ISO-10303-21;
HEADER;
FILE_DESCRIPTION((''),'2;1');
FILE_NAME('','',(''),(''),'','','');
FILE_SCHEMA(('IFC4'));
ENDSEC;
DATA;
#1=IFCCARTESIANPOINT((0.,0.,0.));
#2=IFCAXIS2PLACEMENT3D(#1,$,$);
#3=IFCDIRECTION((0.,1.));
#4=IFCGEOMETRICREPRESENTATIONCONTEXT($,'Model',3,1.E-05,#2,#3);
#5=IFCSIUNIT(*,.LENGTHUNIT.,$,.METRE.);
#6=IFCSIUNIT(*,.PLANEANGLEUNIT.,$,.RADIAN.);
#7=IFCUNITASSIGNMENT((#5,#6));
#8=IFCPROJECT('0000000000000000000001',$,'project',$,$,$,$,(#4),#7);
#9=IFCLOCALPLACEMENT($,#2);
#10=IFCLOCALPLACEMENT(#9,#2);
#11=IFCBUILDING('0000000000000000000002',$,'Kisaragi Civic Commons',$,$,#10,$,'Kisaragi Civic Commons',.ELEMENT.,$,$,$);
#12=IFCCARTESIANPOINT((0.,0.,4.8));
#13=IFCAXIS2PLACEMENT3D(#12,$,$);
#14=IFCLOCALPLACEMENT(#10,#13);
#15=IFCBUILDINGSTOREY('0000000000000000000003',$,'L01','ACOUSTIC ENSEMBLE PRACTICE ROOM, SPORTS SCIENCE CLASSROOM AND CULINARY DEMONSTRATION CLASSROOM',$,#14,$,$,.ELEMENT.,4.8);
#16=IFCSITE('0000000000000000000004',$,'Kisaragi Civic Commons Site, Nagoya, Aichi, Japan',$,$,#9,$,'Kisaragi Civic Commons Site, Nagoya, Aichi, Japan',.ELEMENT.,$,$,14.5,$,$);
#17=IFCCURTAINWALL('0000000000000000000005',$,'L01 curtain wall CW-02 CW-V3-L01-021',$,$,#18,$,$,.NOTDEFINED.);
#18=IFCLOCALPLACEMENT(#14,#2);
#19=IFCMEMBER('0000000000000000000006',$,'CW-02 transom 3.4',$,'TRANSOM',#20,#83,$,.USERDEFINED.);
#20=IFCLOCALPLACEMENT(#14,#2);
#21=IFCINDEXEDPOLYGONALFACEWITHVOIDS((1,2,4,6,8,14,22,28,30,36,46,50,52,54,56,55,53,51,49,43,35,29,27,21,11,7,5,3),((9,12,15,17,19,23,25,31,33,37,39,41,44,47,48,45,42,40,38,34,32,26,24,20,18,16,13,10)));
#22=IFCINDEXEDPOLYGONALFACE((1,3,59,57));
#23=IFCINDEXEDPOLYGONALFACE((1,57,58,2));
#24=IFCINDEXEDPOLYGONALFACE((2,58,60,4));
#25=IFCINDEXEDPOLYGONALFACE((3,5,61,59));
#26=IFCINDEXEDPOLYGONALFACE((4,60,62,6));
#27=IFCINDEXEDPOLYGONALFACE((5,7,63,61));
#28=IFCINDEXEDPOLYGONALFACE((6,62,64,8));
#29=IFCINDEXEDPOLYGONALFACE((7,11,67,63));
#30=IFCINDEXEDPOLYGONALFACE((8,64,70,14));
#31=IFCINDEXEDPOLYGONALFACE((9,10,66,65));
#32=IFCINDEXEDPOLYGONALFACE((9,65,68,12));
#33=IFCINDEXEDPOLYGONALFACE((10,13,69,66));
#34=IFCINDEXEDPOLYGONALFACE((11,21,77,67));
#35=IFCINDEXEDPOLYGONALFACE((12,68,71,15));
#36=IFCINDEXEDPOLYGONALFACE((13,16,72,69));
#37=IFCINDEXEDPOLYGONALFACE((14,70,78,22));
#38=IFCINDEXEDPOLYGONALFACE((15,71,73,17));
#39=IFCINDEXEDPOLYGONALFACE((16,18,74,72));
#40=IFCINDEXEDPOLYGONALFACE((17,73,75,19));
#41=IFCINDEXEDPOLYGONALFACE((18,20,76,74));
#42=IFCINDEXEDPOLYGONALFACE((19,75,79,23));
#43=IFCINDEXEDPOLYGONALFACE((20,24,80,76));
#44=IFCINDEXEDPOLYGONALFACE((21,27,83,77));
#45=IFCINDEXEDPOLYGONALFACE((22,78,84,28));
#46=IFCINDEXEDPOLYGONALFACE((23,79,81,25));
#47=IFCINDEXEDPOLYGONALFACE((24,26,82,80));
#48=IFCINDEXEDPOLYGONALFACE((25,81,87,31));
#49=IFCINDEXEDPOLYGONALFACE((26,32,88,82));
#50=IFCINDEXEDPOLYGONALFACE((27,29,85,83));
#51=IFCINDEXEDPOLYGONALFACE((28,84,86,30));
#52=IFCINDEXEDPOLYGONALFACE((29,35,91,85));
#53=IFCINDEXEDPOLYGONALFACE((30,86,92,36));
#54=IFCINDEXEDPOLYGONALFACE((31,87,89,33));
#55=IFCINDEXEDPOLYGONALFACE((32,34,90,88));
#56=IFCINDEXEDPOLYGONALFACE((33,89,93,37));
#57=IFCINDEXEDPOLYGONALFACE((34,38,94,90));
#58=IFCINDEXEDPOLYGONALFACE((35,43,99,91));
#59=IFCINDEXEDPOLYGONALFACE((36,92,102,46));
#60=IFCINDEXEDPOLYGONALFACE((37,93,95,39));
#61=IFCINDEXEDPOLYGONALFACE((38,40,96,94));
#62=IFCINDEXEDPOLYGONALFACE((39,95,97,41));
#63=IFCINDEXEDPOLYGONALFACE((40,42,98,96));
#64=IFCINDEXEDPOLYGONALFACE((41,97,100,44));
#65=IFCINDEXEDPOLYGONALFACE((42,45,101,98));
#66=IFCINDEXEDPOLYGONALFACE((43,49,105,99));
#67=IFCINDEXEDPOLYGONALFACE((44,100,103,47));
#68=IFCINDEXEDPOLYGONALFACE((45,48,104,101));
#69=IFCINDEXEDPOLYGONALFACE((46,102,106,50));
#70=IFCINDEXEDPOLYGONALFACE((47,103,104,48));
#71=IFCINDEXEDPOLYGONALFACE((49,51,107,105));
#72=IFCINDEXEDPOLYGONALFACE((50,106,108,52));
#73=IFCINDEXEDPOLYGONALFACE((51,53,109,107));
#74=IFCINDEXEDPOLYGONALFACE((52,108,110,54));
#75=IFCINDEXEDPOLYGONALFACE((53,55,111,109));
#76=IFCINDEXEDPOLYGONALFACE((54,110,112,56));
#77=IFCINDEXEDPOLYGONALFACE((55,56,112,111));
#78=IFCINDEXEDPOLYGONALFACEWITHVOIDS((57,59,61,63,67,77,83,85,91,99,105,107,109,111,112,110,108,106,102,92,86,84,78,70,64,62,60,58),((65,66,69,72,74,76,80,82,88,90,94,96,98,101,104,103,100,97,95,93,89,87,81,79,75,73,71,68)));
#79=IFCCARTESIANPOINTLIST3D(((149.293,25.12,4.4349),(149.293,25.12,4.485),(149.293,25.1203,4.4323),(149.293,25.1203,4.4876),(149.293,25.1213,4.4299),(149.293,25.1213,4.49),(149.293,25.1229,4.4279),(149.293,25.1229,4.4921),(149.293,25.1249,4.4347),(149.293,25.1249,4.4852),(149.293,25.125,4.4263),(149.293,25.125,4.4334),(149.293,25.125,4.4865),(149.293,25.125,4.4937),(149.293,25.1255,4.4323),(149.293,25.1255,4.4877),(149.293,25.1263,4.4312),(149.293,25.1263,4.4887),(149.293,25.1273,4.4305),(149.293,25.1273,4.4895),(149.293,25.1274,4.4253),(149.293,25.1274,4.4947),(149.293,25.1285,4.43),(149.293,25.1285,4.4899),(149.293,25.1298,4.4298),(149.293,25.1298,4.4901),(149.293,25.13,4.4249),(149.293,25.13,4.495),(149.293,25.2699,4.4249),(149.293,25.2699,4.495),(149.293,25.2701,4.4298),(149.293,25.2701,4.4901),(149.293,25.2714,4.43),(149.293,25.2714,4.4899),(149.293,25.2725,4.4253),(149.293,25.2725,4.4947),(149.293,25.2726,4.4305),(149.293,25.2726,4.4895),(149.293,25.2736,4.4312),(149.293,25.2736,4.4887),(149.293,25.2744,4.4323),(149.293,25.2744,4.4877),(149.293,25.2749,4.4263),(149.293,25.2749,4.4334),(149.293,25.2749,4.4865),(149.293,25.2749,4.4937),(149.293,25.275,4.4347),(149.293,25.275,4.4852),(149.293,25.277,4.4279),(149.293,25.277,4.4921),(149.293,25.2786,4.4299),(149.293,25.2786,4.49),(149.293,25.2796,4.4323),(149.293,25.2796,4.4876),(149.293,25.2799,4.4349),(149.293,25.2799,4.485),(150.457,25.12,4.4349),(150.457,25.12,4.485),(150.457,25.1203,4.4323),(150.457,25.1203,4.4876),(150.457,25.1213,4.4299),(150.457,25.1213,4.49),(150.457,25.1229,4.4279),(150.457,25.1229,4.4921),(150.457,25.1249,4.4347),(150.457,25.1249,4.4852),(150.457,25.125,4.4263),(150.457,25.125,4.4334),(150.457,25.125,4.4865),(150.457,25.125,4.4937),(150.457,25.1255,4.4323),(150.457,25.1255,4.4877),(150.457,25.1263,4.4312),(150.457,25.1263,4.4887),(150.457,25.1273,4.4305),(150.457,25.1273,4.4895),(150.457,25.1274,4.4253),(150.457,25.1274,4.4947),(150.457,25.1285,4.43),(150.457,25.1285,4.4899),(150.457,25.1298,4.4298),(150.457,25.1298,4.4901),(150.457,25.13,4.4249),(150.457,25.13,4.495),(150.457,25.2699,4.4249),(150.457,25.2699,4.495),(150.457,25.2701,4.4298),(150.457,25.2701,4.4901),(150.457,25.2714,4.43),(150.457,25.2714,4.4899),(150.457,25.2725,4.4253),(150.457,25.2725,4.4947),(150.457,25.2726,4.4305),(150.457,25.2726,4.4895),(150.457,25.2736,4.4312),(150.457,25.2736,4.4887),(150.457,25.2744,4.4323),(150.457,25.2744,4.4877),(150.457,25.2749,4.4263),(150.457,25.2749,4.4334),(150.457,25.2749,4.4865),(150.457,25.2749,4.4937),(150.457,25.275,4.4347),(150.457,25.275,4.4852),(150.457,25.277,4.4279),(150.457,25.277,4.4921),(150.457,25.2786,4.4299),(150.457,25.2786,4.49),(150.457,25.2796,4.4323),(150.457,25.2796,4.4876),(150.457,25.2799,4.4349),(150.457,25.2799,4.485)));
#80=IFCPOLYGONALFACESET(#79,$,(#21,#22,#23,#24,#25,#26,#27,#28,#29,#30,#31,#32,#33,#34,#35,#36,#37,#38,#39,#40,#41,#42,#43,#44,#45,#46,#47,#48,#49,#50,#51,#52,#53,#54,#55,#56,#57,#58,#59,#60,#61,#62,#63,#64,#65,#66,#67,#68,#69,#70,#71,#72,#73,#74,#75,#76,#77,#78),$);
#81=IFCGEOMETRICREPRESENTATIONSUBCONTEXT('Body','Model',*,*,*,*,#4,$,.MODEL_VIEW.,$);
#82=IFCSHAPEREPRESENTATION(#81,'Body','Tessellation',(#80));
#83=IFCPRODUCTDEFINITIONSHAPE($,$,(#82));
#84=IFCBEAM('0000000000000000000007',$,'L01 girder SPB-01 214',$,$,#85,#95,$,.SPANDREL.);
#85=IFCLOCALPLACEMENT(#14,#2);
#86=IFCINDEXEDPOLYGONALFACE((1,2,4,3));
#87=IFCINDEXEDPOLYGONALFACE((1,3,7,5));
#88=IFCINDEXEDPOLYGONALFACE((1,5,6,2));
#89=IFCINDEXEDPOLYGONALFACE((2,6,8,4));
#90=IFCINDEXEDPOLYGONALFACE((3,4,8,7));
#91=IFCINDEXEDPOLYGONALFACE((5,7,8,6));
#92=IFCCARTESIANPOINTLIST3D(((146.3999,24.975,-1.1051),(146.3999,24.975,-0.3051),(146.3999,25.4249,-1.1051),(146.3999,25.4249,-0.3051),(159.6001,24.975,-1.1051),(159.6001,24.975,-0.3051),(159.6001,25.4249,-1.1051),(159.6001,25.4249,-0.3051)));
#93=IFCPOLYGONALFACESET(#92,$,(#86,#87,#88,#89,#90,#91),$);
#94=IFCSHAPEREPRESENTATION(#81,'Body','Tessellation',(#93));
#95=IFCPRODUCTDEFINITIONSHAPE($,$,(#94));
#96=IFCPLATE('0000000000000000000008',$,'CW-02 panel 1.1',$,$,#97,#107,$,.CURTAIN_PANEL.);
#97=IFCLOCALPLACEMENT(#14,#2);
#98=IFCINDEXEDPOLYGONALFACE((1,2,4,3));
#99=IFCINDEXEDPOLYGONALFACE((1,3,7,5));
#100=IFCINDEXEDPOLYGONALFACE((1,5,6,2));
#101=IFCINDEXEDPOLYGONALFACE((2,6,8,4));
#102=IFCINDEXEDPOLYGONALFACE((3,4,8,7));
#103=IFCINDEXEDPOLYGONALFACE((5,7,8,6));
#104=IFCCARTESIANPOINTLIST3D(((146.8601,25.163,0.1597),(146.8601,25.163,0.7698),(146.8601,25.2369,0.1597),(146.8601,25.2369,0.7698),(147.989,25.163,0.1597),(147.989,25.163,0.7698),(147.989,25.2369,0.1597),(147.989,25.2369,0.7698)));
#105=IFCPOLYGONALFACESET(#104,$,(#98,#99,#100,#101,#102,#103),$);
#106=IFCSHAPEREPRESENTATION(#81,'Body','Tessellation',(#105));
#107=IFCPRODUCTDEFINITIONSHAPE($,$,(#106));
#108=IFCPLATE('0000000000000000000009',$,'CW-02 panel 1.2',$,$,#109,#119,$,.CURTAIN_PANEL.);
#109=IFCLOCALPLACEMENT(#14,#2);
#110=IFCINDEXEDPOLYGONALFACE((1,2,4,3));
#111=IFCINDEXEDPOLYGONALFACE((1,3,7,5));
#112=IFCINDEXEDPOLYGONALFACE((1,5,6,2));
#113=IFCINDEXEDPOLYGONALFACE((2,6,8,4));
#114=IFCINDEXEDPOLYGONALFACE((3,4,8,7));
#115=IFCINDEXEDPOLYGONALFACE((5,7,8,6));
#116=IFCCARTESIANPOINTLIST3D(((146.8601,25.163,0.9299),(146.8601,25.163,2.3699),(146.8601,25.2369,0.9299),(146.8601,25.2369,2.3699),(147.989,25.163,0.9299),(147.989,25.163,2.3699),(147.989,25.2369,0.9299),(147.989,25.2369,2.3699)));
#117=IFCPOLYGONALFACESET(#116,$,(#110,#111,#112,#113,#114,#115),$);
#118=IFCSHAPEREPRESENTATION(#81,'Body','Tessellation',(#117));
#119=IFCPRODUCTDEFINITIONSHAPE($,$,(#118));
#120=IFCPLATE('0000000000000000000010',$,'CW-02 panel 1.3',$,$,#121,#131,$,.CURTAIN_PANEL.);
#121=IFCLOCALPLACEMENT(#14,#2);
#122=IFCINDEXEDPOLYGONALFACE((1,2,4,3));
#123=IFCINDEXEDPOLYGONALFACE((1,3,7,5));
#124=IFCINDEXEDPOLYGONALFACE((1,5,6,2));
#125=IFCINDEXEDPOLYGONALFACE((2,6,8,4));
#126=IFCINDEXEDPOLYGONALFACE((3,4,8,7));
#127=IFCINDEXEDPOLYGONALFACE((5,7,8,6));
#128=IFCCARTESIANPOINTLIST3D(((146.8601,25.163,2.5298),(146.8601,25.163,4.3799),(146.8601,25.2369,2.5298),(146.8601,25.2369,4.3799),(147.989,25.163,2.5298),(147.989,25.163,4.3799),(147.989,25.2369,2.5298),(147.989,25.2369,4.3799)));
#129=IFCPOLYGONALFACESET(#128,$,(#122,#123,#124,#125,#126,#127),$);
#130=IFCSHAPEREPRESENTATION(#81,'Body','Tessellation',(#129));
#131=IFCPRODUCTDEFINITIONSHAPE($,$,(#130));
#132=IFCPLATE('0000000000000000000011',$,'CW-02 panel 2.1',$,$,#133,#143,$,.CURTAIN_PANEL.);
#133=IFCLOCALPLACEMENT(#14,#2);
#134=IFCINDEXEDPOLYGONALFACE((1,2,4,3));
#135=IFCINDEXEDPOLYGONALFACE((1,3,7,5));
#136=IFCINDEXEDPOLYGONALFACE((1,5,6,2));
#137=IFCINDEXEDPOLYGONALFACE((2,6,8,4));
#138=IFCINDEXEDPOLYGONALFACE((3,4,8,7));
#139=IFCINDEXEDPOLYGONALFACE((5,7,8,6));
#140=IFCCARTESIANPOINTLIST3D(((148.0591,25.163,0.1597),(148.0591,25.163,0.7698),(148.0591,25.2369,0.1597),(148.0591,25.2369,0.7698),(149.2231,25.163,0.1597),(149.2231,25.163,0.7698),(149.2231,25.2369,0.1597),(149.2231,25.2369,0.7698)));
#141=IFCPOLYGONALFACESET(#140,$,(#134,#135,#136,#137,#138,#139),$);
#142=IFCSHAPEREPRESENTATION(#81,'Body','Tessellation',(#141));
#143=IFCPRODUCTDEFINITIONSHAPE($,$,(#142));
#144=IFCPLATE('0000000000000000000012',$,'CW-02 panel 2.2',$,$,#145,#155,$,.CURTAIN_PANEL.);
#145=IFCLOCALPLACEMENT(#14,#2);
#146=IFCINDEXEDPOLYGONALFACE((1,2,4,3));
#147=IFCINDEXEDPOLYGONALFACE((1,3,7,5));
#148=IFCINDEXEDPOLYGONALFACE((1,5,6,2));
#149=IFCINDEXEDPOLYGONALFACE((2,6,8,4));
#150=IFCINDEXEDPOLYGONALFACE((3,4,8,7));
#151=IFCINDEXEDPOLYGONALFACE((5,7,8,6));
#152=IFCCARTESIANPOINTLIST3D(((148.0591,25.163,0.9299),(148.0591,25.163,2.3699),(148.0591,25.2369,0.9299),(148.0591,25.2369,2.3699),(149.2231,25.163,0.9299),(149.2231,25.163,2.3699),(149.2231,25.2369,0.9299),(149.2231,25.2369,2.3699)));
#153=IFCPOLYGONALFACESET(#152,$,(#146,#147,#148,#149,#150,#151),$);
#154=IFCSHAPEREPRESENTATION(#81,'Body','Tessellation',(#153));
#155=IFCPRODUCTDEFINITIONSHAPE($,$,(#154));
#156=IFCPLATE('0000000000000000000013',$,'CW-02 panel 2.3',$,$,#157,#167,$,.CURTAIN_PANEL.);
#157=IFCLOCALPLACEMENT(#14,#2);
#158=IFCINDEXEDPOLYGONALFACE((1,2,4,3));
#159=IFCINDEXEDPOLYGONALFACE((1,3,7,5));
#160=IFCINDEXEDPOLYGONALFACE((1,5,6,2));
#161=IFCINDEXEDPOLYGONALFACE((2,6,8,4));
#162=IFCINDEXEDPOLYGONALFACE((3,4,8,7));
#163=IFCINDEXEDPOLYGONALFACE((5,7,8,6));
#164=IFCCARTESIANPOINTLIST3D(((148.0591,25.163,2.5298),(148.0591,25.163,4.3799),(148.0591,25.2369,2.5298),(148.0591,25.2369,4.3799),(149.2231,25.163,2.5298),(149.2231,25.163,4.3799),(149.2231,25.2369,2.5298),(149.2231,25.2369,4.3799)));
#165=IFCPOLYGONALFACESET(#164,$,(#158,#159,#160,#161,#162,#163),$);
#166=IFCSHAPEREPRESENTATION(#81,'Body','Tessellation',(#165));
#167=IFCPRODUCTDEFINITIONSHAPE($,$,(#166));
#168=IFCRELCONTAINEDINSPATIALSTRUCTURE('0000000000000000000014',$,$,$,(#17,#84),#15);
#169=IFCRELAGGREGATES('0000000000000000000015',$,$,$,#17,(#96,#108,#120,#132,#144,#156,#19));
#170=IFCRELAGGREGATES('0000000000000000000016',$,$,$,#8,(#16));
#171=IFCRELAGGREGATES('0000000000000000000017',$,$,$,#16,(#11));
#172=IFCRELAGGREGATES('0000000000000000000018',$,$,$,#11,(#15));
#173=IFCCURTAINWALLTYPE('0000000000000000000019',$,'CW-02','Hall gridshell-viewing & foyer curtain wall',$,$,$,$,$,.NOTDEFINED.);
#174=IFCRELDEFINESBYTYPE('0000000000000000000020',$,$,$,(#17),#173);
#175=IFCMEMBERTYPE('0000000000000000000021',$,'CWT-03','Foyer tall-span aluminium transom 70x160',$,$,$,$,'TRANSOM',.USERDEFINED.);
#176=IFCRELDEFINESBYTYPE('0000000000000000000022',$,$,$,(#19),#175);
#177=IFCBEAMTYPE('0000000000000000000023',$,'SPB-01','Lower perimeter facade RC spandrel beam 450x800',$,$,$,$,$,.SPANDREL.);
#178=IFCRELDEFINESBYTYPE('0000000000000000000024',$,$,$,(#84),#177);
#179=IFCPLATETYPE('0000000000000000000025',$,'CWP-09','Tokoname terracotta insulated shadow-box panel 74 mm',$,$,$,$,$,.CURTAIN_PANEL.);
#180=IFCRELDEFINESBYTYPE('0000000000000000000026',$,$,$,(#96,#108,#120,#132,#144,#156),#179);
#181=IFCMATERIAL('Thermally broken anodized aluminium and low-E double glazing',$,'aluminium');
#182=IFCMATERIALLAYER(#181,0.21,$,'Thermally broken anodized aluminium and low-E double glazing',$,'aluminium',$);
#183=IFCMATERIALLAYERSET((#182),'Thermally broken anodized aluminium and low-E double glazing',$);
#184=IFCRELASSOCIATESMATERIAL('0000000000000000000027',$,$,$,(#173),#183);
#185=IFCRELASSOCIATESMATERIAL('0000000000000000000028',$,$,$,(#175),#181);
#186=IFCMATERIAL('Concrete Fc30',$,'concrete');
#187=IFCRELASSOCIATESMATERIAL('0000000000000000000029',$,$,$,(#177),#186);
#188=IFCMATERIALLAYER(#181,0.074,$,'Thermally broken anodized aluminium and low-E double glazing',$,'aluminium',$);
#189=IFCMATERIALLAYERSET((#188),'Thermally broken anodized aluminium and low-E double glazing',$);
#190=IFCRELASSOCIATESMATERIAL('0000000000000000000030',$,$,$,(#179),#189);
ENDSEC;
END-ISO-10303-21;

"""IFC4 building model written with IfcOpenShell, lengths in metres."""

from ifc_helpers import new_model, si_unit, direction, frame, origin, origin_2d, place, context, subcontext, project, spatial, rectangle, hollow_rectangle, extrude, material, layer, layer_set, material_profile, profile_set, type_object, element, aggregate, save


model = new_model("IFC4")

# Units and contexts
model_context = context("Model", 3, precision=1e-05, world=origin(), true_north=direction((0.0, 1.0)))
body_context = subcontext(model_context, "Body", "Model", "MODEL_VIEW")
ifc_project = project(units=[si_unit("LENGTHUNIT", "METRE"), si_unit("PLANEANGLEUNIT", "RADIAN")], contexts=[model_context])

# Site, building, storey
site_placement = place(None, origin())
site = spatial("IfcSite", under=ifc_project, at=site_placement, Name="Kisaragi Civic Commons Site, Nagoya, Aichi, Japan", LongName="Kisaragi Civic Commons Site, Nagoya, Aichi, Japan", CompositionType="ELEMENT", RefElevation=14.5)
building_placement = place(site_placement, origin())
building = spatial("IfcBuilding", under=site, at=building_placement, Name="Kisaragi Civic Commons", LongName="Kisaragi Civic Commons", CompositionType="ELEMENT")
storey_placement = place(building_placement, frame((0.0, 0.0, 4.8)))
storey = spatial("IfcBuildingStorey", under=building, at=storey_placement, Name="L01", Description="ACOUSTIC ENSEMBLE PRACTICE ROOM, SPORTS SCIENCE CLASSROOM AND CULINARY DEMONSTRATION CLASSROOM", CompositionType="ELEMENT", Elevation=4.8)

# Curtain wall, member
ifc_material_1 = material(Name="Thermally broken anodized aluminium and low-E double glazing", Category="aluminium")
ifc_layer_1 = layer(ifc_material_1, 0.21, Name="Thermally broken anodized aluminium and low-E double glazing", Category="aluminium")
ifc_layer_set_1 = layer_set([ifc_layer_1], Name="Thermally broken anodized aluminium and low-E double glazing")
curtain_wall_type = type_object("IfcCurtainWallType", Name="CW-02", Description="Hall gridshell-viewing & foyer curtain wall", PredefinedType="NOTDEFINED", material=ifc_layer_set_1)
curtain_wall_placement = place(storey_placement, origin())
curtain_wall = element("IfcCurtainWall", 1, at=curtain_wall_placement, inside=storey, type_object=curtain_wall_type, Name="L01 curtain wall CW-02 CW-V3-L01-021", PredefinedType="NOTDEFINED")
ifc_material_profile_1 = material_profile(ifc_material_1, hollow_rectangle(XDim=0.1599, YDim=0.0701, WallThickness=0.0049, InnerFilletRadius=0.0049, OuterFilletRadius=0.01, at=origin_2d()), Name="CWT-70x160x5", Category="aluminium")
ifc_profile_set_1 = profile_set([ifc_material_profile_1], Name="Thermally broken anodized aluminium and low-E double glazing")
member_type_1 = type_object("IfcMemberType", Name="CWT-03", Description="Foyer tall-span aluminium transom 70x160", ElementType="TRANSOM", PredefinedType="USERDEFINED", material=ifc_profile_set_1)
member_1_placement = place(storey_placement, frame((149.293, 25.2, 4.46), z_axis=(1.0, 0.0, 0.0), x_axis=(0.0, 1.0, 0.0)))
member_1 = element("IfcMember", 2, at=member_1_placement, type_object=member_type_1, Name="CW-02 transom 3.4", ObjectType="TRANSOM", PredefinedType="USERDEFINED", context=body_context, shape_type="SweptSolid", body=[
    extrude(hollow_rectangle(XDim=0.1599, YDim=0.0701, WallThickness=0.0049, InnerFilletRadius=0.0049, OuterFilletRadius=0.01, at=origin_2d()), origin(), (0.0, 0.0, 1.0), 1.1641),
])

# Beam
ifc_material_2 = material(Name="Concrete Fc30", Category="concrete")
ifc_material_profile_2 = material_profile(ifc_material_2, rectangle(XDim=0.45, YDim=0.8, at=origin_2d()), Name="RC-450x800", Category="concrete")
ifc_profile_set_2 = profile_set([ifc_material_profile_2], Name="Concrete Fc30")
beam_type = type_object("IfcBeamType", Name="SPB-01", Description="Lower perimeter facade RC spandrel beam 450x800", PredefinedType="SPANDREL", material=ifc_profile_set_2)
beam_placement = place(storey_placement, frame((146.3999, 25.2, -0.7051), z_axis=(1.0, 0.0, 0.0), x_axis=(0.0, 1.0, 0.0)))
element("IfcBeam", 3, at=beam_placement, inside=storey, type_object=beam_type, Name="L01 girder SPB-01 214", PredefinedType="SPANDREL", context=body_context, shape_type="SweptSolid", body=[
    extrude(rectangle(XDim=0.45, YDim=0.8, at=origin_2d()), origin(), (0.0, 0.0, 1.0), 13.2002),
])

# Plates
ifc_layer_2 = layer(ifc_material_1, 0.074, Name="Thermally broken anodized aluminium and low-E double glazing", Category="aluminium")
ifc_layer_set_2 = layer_set([ifc_layer_2], Name="Thermally broken anodized aluminium and low-E double glazing")
plate_type = type_object("IfcPlateType", Name="CWP-09", Description="Tokoname terracotta insulated shadow-box panel 74 mm", PredefinedType="CURTAIN_PANEL", material=ifc_layer_set_2)
plate_1_placement = place(storey_placement, frame((147.4246, 25.2, 0.1597), z_axis=(0.0, 0.0, 1.0), x_axis=(1.0, 0.0, 0.0)))
plate_1 = element("IfcPlate", 4, at=plate_1_placement, type_object=plate_type, Name="CW-02 panel 1.1", PredefinedType="CURTAIN_PANEL", context=body_context, shape_type="SweptSolid", body=[
    extrude(rectangle(XDim=1.1289, YDim=0.074, at=origin_2d()), origin(), (0.0, 0.0, 1.0), 0.6101),
])
plate_2_placement = place(storey_placement, frame((147.4246, 25.2, 0.9299), z_axis=(0.0, 0.0, 1.0), x_axis=(1.0, 0.0, 0.0)))
plate_2 = element("IfcPlate", 5, at=plate_2_placement, type_object=plate_type, Name="CW-02 panel 1.2", PredefinedType="CURTAIN_PANEL", context=body_context, shape_type="SweptSolid", body=[
    extrude(rectangle(XDim=1.1289, YDim=0.074, at=origin_2d()), origin(), (0.0, 0.0, 1.0), 1.4399),
])
plate_3_placement = place(storey_placement, frame((147.4246, 25.2, 2.5298), z_axis=(0.0, 0.0, 1.0), x_axis=(1.0, 0.0, 0.0)))
plate_3 = element("IfcPlate", 6, at=plate_3_placement, type_object=plate_type, Name="CW-02 panel 1.3", PredefinedType="CURTAIN_PANEL", context=body_context, shape_type="SweptSolid", body=[
    extrude(rectangle(XDim=1.1289, YDim=0.074, at=origin_2d()), origin(), (0.0, 0.0, 1.0), 1.8501),
])
plate_4_placement = place(storey_placement, frame((148.6411, 25.2, 0.1597), z_axis=(0.0, 0.0, 1.0), x_axis=(1.0, 0.0, 0.0)))
plate_4 = element("IfcPlate", 7, at=plate_4_placement, type_object=plate_type, Name="CW-02 panel 2.1", PredefinedType="CURTAIN_PANEL", context=body_context, shape_type="SweptSolid", body=[
    extrude(rectangle(XDim=1.1641, YDim=0.074, at=origin_2d()), origin(), (0.0, 0.0, 1.0), 0.6101),
])
plate_5_placement = place(storey_placement, frame((148.6411, 25.2, 0.9299), z_axis=(0.0, 0.0, 1.0), x_axis=(1.0, 0.0, 0.0)))
plate_5 = element("IfcPlate", 8, at=plate_5_placement, type_object=plate_type, Name="CW-02 panel 2.2", PredefinedType="CURTAIN_PANEL", context=body_context, shape_type="SweptSolid", body=[
    extrude(rectangle(XDim=1.1641, YDim=0.074, at=origin_2d()), origin(), (0.0, 0.0, 1.0), 1.4399),
])
plate_6_placement = place(storey_placement, frame((148.6411, 25.2, 2.5298), z_axis=(0.0, 0.0, 1.0), x_axis=(1.0, 0.0, 0.0)))
plate_6 = element("IfcPlate", 9, at=plate_6_placement, type_object=plate_type, Name="CW-02 panel 2.3", PredefinedType="CURTAIN_PANEL", context=body_context, shape_type="SweptSolid", body=[
    extrude(rectangle(XDim=1.1641, YDim=0.074, at=origin_2d()), origin(), (0.0, 0.0, 1.0), 1.8501),
])
aggregate(curtain_wall, [plate_1, plate_2, plate_3, plate_4, plate_5, plate_6, member_1])

save(model, "model.ifc")
